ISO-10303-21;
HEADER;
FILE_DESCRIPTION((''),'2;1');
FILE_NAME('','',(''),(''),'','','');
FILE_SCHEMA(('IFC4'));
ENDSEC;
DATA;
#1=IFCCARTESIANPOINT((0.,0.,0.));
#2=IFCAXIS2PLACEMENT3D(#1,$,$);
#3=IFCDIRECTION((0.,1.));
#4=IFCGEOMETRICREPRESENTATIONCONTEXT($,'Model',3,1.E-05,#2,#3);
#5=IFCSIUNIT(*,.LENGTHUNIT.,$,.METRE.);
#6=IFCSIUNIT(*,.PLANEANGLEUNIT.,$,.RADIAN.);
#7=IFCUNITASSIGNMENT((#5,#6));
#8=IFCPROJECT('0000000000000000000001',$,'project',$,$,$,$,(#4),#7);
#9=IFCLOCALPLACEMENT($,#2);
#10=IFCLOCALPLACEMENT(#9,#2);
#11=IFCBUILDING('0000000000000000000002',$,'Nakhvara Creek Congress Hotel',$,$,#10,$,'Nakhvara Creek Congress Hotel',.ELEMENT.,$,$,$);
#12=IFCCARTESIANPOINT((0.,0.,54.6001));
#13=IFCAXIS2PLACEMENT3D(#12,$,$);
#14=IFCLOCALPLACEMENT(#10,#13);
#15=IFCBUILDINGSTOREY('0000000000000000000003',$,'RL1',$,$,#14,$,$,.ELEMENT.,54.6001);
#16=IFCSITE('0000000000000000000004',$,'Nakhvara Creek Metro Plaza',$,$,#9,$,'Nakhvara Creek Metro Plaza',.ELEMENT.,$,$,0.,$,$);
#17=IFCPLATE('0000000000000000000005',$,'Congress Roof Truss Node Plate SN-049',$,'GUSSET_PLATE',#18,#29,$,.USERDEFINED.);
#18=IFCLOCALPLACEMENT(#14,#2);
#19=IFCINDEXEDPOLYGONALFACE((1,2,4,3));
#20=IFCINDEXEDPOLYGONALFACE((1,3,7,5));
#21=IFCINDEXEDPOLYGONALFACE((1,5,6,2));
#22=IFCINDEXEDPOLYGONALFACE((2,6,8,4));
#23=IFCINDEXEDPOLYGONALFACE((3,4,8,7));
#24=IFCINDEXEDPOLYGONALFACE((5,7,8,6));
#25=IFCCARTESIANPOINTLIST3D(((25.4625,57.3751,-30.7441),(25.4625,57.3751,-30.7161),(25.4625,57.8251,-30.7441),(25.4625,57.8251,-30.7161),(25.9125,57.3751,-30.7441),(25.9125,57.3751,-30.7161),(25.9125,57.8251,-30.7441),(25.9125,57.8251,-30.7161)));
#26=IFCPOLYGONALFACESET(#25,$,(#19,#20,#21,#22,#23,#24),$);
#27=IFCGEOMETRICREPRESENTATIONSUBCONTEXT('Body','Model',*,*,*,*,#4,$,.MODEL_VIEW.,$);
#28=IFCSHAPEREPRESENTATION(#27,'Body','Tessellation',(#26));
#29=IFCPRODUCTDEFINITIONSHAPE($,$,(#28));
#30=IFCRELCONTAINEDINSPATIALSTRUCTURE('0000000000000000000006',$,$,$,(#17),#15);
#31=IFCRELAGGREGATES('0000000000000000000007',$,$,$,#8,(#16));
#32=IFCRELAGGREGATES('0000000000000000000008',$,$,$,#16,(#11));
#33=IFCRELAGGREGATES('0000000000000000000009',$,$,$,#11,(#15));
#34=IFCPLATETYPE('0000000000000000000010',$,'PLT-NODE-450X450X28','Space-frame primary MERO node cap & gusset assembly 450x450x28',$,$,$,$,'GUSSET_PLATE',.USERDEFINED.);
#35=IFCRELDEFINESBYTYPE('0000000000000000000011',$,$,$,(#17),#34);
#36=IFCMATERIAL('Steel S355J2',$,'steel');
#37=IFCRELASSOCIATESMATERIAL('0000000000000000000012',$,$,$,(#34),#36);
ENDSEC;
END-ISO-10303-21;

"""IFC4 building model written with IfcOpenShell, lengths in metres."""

from ifc_helpers import new_model, si_unit, direction, frame, origin, origin_2d, place, context, subcontext, project, spatial, rectangle, extrude, material, type_object, element, save


model = new_model("IFC4")

# Units and contexts
model_context = context("Model", 3, precision=1e-05, world=origin(), true_north=direction((0.0, 1.0)))
body_context = subcontext(model_context, "Body", "Model", "MODEL_VIEW")
ifc_project = project(units=[si_unit("LENGTHUNIT", "METRE"), si_unit("PLANEANGLEUNIT", "RADIAN")], contexts=[model_context])

# Site, building, storey
site_placement = place(None, origin())
site = spatial("IfcSite", under=ifc_project, at=site_placement, Name="Nakhvara Creek Metro Plaza", LongName="Nakhvara Creek Metro Plaza", CompositionType="ELEMENT", RefElevation=0.0)
building_placement = place(site_placement, origin())
building = spatial("IfcBuilding", under=site, at=building_placement, Name="Nakhvara Creek Congress Hotel", LongName="Nakhvara Creek Congress Hotel", CompositionType="ELEMENT")
storey_placement = place(building_placement, frame((0.0, 0.0, 54.6001)))
storey = spatial("IfcBuildingStorey", under=building, at=storey_placement, Name="RL1", CompositionType="ELEMENT", Elevation=54.6001)

# Plate
ifc_material_1 = material(Name="Steel S355J2", Category="steel")
plate_type_1 = type_object("IfcPlateType", Name="PLT-NODE-450X450X28", Description="Space-frame primary MERO node cap & gusset assembly 450x450x28", ElementType="GUSSET_PLATE", PredefinedType="USERDEFINED", material=ifc_material_1)
for number, where, z_axis, x_axis, name in (
    (1, (25.6875, 57.6001, -30.7441), (0.0, 0.0, 1.0), (1.0, 0.0, 0.0), "Congress Roof Truss Node Plate SN-049"),
):
    element("IfcPlate", number, at=place(storey_placement, frame(where, z_axis=z_axis, x_axis=x_axis)), inside=storey, type_object=plate_type_1, Name=name, ObjectType="GUSSET_PLATE", PredefinedType="USERDEFINED", context=body_context, shape_type="SweptSolid", body=[
        extrude(rectangle(XDim=0.45, YDim=0.45, at=origin_2d()), origin(), (0.0, 0.0, 1.0), 0.0281),
    ])

save(model, "model.ifc")
